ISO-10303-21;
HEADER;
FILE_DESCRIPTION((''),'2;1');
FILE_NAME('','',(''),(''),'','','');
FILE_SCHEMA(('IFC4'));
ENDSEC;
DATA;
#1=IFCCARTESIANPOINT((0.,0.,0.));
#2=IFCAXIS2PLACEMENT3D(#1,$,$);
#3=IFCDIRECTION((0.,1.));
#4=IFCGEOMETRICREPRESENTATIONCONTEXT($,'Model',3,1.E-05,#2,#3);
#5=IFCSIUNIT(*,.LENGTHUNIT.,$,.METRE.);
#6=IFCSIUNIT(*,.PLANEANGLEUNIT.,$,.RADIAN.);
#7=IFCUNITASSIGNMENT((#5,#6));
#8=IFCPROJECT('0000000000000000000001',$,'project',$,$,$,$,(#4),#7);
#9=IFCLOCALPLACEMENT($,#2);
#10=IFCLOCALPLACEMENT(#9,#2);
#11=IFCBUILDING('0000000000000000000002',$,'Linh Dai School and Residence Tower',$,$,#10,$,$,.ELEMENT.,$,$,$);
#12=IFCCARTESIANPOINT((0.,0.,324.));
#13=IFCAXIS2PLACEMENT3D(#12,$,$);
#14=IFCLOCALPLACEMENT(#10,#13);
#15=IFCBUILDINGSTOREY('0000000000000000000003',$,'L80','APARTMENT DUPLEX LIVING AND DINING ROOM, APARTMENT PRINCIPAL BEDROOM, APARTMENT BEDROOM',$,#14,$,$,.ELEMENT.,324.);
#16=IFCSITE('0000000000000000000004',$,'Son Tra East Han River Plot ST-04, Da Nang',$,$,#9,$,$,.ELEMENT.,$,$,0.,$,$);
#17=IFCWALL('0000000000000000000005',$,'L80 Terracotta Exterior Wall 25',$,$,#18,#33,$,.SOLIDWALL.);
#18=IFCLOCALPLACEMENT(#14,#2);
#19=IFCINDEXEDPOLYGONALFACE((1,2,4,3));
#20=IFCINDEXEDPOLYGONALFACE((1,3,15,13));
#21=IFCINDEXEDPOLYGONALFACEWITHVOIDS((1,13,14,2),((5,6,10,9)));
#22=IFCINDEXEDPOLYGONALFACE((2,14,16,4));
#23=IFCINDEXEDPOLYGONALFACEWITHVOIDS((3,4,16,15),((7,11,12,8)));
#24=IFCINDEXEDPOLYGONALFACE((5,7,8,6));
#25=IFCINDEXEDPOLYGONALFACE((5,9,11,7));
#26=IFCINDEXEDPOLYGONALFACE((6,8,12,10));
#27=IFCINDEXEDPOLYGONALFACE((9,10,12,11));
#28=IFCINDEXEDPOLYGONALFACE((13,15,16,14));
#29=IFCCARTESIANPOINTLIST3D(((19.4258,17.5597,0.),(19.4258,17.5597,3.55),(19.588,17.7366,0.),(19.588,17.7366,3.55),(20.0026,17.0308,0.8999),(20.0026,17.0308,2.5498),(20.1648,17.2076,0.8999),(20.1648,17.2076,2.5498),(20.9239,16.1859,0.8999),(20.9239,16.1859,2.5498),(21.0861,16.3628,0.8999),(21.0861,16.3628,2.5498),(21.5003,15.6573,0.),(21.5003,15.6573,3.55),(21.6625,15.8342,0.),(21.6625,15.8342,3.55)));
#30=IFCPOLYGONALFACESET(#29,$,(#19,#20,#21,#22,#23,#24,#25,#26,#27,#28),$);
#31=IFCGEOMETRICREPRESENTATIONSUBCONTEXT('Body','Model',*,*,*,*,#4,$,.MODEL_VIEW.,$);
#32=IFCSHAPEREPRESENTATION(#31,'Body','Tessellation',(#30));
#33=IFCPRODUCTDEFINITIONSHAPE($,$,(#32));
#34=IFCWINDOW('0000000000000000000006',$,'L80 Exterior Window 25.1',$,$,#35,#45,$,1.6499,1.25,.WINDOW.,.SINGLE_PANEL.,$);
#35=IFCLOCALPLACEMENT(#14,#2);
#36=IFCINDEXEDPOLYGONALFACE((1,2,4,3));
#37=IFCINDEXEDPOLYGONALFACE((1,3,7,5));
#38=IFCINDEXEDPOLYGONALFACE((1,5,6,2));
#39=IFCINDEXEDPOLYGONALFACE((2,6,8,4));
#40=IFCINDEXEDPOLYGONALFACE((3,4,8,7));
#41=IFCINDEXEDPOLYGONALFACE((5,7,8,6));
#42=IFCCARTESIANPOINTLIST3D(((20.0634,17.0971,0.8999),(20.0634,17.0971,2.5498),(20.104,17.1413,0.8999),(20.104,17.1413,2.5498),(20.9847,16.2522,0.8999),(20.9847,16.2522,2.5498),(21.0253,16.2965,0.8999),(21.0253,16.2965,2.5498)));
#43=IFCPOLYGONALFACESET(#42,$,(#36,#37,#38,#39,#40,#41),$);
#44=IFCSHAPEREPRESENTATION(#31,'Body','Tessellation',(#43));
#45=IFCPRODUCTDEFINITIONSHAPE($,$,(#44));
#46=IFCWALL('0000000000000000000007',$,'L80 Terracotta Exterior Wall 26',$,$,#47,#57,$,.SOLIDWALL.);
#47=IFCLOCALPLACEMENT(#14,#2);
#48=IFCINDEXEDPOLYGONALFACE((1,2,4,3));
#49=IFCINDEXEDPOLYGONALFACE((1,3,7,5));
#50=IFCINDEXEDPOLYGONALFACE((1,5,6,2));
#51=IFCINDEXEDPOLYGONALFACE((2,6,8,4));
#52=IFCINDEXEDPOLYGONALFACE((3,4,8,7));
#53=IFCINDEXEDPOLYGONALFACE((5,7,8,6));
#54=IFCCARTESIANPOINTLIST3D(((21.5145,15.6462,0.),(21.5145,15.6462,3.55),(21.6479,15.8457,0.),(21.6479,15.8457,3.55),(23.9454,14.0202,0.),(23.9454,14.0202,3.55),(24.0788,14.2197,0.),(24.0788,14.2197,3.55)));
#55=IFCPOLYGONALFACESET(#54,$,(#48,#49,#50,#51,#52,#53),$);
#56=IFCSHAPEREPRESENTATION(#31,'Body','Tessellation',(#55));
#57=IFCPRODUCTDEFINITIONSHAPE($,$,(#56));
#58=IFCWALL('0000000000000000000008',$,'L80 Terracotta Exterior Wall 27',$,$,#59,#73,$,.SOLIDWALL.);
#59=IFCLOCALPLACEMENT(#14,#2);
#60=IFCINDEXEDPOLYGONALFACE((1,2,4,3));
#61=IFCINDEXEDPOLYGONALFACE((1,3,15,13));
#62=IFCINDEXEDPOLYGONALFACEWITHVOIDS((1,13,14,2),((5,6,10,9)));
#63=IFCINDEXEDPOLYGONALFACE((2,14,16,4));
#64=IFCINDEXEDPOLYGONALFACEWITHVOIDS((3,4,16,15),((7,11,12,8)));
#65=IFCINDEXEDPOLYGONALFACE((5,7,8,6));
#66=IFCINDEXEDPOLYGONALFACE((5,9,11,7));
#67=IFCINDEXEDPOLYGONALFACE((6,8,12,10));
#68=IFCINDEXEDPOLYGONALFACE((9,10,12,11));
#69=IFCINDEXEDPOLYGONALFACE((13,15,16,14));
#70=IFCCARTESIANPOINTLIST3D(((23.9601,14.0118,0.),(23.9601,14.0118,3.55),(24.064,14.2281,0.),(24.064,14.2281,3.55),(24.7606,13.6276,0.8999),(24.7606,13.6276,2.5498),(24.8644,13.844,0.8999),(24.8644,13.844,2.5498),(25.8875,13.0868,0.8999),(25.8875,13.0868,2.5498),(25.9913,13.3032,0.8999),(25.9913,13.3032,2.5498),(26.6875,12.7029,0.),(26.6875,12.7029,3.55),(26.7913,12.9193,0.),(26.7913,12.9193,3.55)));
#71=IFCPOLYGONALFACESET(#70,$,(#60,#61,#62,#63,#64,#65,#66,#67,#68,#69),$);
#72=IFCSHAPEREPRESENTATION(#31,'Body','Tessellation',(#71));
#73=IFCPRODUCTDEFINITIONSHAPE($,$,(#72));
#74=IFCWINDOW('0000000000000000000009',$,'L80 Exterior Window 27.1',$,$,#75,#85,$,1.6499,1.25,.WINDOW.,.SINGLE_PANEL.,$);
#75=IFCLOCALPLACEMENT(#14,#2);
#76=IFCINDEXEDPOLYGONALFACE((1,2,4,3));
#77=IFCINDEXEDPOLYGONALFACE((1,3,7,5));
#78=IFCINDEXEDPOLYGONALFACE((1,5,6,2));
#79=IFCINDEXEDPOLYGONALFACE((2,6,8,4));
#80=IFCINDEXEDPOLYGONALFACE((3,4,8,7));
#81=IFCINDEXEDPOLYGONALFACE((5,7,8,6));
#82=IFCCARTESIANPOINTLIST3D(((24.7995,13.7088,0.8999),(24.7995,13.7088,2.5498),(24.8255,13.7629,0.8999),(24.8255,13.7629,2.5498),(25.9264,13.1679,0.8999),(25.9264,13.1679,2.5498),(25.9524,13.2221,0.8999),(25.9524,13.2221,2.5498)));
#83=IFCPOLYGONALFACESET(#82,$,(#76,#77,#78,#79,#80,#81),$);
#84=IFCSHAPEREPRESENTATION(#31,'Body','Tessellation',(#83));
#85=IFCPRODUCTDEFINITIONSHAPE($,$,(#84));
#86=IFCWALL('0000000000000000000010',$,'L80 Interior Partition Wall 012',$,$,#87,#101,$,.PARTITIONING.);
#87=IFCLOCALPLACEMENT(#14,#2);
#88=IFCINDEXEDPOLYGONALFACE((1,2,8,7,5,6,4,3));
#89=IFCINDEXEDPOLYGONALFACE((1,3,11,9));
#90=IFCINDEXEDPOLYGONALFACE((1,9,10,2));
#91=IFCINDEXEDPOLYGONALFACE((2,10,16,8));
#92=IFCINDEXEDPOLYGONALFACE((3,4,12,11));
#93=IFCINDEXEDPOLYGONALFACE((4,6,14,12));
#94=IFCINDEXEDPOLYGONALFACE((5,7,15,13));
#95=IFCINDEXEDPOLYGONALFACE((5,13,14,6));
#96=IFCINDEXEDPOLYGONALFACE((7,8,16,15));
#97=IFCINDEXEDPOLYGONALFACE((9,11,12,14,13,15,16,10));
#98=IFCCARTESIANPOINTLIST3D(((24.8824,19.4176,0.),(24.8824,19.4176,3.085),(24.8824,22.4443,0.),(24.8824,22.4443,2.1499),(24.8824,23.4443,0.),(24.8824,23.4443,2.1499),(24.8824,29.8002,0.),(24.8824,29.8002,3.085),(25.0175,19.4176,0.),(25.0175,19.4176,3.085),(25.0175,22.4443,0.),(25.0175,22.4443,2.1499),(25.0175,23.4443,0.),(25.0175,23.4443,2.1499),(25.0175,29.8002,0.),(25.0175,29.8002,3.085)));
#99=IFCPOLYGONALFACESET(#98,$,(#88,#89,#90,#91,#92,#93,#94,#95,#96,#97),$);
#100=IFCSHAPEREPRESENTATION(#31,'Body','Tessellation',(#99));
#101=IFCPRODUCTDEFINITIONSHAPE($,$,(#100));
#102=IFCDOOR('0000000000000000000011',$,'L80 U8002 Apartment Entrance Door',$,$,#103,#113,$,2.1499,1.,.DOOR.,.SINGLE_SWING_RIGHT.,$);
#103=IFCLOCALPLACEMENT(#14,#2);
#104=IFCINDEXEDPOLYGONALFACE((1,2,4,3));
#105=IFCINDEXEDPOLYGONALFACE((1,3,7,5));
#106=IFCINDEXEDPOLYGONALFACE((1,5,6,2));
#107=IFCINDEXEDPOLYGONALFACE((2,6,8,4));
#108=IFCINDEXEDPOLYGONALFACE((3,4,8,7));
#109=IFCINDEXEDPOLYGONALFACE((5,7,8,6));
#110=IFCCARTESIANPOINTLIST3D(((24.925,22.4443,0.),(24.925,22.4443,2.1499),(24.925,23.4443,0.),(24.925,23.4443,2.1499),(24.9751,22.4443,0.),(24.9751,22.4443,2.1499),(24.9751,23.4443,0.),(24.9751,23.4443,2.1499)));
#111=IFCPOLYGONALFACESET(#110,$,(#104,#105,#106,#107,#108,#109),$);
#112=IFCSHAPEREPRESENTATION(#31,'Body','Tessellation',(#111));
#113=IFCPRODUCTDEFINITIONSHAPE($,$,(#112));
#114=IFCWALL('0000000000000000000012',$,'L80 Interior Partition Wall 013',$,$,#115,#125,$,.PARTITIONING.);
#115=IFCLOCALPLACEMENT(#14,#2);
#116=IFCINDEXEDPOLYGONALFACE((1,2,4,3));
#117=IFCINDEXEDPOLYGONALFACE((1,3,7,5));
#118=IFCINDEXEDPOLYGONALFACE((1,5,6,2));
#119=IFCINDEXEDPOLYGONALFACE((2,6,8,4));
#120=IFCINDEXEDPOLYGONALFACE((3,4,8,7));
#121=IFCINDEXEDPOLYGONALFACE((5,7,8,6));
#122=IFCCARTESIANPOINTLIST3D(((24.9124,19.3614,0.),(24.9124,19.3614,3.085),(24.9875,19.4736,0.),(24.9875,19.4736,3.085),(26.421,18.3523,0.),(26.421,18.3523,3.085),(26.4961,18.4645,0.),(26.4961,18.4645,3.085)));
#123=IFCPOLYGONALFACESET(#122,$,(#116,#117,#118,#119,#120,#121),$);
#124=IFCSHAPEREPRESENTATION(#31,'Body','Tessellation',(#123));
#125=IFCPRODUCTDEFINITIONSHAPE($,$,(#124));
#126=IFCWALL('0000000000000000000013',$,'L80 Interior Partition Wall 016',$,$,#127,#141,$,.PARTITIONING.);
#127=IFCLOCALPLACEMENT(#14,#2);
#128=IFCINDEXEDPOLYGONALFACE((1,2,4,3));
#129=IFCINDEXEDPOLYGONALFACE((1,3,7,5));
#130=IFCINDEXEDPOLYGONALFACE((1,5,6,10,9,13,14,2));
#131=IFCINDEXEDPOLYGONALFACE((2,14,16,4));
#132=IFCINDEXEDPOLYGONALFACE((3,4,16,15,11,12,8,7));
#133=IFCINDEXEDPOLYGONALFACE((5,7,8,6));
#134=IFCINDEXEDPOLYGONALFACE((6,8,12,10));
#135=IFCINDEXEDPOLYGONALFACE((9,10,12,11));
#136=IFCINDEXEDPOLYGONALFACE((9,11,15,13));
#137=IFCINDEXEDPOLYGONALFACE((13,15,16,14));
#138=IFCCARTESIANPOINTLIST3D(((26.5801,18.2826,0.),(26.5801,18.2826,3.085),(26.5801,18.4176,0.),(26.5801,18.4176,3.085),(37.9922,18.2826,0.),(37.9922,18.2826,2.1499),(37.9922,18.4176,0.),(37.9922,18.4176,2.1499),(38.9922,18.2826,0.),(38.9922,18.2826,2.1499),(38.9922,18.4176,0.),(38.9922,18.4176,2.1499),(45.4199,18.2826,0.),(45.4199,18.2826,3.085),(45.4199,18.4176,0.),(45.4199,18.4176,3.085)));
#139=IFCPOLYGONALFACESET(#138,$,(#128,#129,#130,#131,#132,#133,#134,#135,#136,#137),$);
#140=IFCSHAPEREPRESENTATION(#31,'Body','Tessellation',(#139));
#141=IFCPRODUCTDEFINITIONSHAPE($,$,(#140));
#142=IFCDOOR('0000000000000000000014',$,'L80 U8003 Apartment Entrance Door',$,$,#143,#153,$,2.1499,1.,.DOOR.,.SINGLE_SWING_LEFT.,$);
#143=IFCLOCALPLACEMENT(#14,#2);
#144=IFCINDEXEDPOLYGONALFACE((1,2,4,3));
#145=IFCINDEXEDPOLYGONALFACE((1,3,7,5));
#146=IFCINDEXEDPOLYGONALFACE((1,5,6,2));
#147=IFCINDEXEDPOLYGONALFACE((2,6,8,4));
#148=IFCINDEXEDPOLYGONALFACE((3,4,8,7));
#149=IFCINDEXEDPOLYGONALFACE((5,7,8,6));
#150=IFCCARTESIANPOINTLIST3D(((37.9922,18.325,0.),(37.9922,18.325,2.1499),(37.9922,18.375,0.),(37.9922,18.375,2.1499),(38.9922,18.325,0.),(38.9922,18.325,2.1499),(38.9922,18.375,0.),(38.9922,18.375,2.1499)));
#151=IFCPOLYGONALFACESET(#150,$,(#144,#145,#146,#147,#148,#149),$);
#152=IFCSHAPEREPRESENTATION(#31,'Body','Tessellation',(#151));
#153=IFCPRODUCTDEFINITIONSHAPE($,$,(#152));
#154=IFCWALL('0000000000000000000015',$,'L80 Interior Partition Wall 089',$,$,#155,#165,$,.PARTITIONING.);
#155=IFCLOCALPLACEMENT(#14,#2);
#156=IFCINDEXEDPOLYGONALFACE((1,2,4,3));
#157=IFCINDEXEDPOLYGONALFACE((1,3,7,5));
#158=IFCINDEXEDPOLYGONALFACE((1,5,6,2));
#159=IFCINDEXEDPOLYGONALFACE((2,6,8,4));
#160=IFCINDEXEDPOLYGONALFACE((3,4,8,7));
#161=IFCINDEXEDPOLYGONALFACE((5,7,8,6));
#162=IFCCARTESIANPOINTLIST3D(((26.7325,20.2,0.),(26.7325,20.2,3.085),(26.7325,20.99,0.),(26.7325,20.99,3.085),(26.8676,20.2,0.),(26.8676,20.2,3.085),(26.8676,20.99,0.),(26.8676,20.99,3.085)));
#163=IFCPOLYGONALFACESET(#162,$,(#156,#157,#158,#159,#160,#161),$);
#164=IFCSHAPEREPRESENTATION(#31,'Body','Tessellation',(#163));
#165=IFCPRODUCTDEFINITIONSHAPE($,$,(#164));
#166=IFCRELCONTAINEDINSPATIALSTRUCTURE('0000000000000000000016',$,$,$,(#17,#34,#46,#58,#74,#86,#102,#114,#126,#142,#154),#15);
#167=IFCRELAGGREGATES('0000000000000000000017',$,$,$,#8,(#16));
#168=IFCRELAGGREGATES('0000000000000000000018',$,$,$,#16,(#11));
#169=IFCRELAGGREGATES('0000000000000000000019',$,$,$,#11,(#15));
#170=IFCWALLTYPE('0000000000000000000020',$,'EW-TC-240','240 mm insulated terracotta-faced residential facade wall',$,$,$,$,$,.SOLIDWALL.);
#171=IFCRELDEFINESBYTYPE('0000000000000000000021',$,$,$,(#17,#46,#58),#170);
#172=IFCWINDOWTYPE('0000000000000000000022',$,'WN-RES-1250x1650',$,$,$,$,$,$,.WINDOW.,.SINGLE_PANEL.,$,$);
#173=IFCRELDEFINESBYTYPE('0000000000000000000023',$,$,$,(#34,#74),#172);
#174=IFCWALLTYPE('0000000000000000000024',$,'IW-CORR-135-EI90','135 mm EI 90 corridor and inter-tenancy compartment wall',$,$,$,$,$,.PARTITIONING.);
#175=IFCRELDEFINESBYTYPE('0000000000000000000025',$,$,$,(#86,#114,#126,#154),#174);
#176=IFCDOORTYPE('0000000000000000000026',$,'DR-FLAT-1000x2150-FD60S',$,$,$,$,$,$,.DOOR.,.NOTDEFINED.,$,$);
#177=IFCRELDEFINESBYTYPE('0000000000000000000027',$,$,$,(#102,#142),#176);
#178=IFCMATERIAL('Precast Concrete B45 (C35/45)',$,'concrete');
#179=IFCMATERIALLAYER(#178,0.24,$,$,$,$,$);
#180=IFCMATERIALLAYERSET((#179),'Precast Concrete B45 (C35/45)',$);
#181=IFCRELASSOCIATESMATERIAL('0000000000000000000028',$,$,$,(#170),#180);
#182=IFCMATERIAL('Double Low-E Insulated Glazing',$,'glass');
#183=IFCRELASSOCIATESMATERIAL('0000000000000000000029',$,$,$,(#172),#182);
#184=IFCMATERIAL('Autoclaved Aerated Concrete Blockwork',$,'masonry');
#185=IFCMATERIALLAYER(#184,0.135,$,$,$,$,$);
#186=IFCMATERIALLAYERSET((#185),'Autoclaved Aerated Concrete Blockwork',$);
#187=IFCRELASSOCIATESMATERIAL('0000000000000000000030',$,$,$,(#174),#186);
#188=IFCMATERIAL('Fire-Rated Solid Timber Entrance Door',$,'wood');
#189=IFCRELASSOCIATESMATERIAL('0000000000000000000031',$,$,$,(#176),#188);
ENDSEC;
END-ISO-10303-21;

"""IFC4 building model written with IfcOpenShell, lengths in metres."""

from ifc_helpers import new_model, si_unit, direction, frame, frame_2d, origin, origin_2d, place, context, subcontext, project, spatial, rectangle, extrude, source, transform, mapped, material, layer, layer_set, type_object, element, fill, save


model = new_model("IFC4")

# Units and contexts
model_context = context("Model", 3, precision=1e-05, world=origin(), true_north=direction((0.0, 1.0)))
body_context = subcontext(model_context, "Body", "Model", "MODEL_VIEW")
ifc_project = project(units=[si_unit("LENGTHUNIT", "METRE"), si_unit("PLANEANGLEUNIT", "RADIAN")], contexts=[model_context])

# Site, building, storey
site_placement = place(None, origin())
site = spatial("IfcSite", under=ifc_project, at=site_placement, Name="Son Tra East Han River Plot ST-04, Da Nang", CompositionType="ELEMENT", RefElevation=0.0)
building_placement = place(site_placement, origin())
building = spatial("IfcBuilding", under=site, at=building_placement, Name="Linh Dai School and Residence Tower", CompositionType="ELEMENT")
storey_placement = place(building_placement, frame((0.0, 0.0, 324.0)))
storey = spatial("IfcBuildingStorey", under=building, at=storey_placement, Name="L80", Description="APARTMENT DUPLEX LIVING AND DINING ROOM, APARTMENT PRINCIPAL BEDROOM, APARTMENT BEDROOM", CompositionType="ELEMENT", Elevation=324.0)

# Shared definitions
ifc_material_1 = material(Name="Precast Concrete B45 (C35/45)", Category="concrete")

# Shared definitions
ifc_layer_1 = layer(ifc_material_1, 0.24)
ifc_layer_set_1 = layer_set([ifc_layer_1], Name="Precast Concrete B45 (C35/45)")
wall_type_1 = type_object("IfcWallType", Name="EW-TC-240", Description="240 mm insulated terracotta-faced residential facade wall", PredefinedType="SOLIDWALL", material=ifc_layer_set_1)

# Wall, opening, window
wall_1_placement = place(storey_placement, frame((21.5813, 15.7458, 0.0), z_axis=(0.0, 0.0, 1.0), x_axis=(-0.737021, 0.67587, 0.0)))
wall_1 = element("IfcWall", 1, at=wall_1_placement, inside=storey, type_object=wall_type_1, Name="L80 Terracotta Exterior Wall 25", PredefinedType="SOLIDWALL", context=body_context, shape_type="SweptSolid", body=[
    extrude(rectangle(XDim=2.8147, YDim=0.24, at=frame_2d((1.4072, 0.0))), origin(), (0.0, 0.0, 1.0), 3.55),
])
opening_1_placement = place(wall_1_placement, frame((0.782, 0.0, 0.8999)))
opening_1 = element("IfcOpeningElement", 2, at=opening_1_placement, cuts=wall_1, PredefinedType="OPENING", context=body_context, shape_type="SweptSolid", body=[
    extrude(rectangle(XDim=1.25, YDim=1.6499, at=origin_2d()), frame((0.625, 0.1299, 0.825), z_axis=(0.0, -1.0, 0.0), x_axis=(1.0, 0.0, 0.0)), (0.0, 0.0, 1.0), 0.26),
])
ifc_material_2 = material(Name="Double Low-E Insulated Glazing", Category="glass")
window_type = type_object("IfcWindowType", Name="WN-RES-1250x1650", PartitioningType="SINGLE_PANEL", PredefinedType="WINDOW", material=ifc_material_2)
shared_shape_1 = source(origin(), body_context, "Body", "SweptSolid", [
    extrude(rectangle(XDim=1.25, YDim=1.6499, at=origin_2d()), frame((0.625, 0.03, 0.825), z_axis=(0.0, -1.0, 0.0), x_axis=(1.0, 0.0, 0.0)), (0.0, 0.0, 1.0), 0.0601),
])
window_1_placement = place(opening_1_placement, origin())
window_1 = element("IfcWindow", 3, at=window_1_placement, inside=storey, type_object=window_type, Name="L80 Exterior Window 25.1", OverallHeight=1.6499, OverallWidth=1.25, PartitioningType="SINGLE_PANEL", PredefinedType="WINDOW", context=body_context, shape_type="MappedRepresentation", body=[
    mapped(shared_shape_1, transform((0.0, 0.0, 0.0), x_axis=(1.0, 0.0, 0.0), y_axis=(0.0, 1.0, 0.0), z_axis=(0.0, 0.0, 1.0), scale=1.0)),
])
fill(opening_1, window_1)

# Wall
wall_2_placement = place(storey_placement, frame((24.0122, 14.1199, 0.0), z_axis=(0.0, 0.0, 1.0), x_axis=(-0.831202, 0.555971, 0.0)))
element("IfcWall", 4, at=wall_2_placement, inside=storey, type_object=wall_type_1, Name="L80 Terracotta Exterior Wall 26", PredefinedType="SOLIDWALL", context=body_context, shape_type="SweptSolid", body=[
    extrude(rectangle(XDim=2.9246, YDim=0.24, at=frame_2d((1.4624, 0.0))), origin(), (0.0, 0.0, 1.0), 3.55),
])

# Wall, opening, window
wall_3_placement = place(storey_placement, frame((26.7395, 12.811, 0.0), z_axis=(0.0, 0.0, 1.0), x_axis=(-0.901557, 0.43266, 0.0)))
wall_3 = element("IfcWall", 5, at=wall_3_placement, inside=storey, type_object=wall_type_1, Name="L80 Terracotta Exterior Wall 27", PredefinedType="SOLIDWALL", context=body_context, shape_type="SweptSolid", body=[
    extrude(rectangle(XDim=3.0251, YDim=0.24, at=frame_2d((1.5127, 0.0))), origin(), (0.0, 0.0, 1.0), 3.55),
])
opening_2_placement = place(wall_3_placement, frame((0.8875, 0.0, 0.8999)))
opening_2 = element("IfcOpeningElement", 6, at=opening_2_placement, cuts=wall_3, PredefinedType="OPENING", context=body_context, shape_type="SweptSolid", body=[
    extrude(rectangle(XDim=1.25, YDim=1.6499, at=origin_2d()), frame((0.625, 0.1299, 0.825), z_axis=(0.0, -1.0, 0.0), x_axis=(1.0, 0.0, 0.0)), (0.0, 0.0, 1.0), 0.26),
])
window_2_placement = place(opening_2_placement, origin())
window_2 = element("IfcWindow", 7, at=window_2_placement, inside=storey, type_object=window_type, Name="L80 Exterior Window 27.1", OverallHeight=1.6499, OverallWidth=1.25, PartitioningType="SINGLE_PANEL", PredefinedType="WINDOW", context=body_context, shape_type="MappedRepresentation", body=[
    mapped(shared_shape_1, transform((0.0, 0.0, 0.0), x_axis=(1.0, 0.0, 0.0), y_axis=(0.0, 1.0, 0.0), z_axis=(0.0, 0.0, 1.0), scale=1.0)),
])
fill(opening_2, window_2)

# Wall, opening, door
ifc_material_3 = material(Name="Autoclaved Aerated Concrete Blockwork", Category="masonry")
ifc_layer_2 = layer(ifc_material_3, 0.135)
ifc_layer_set_2 = layer_set([ifc_layer_2], Name="Autoclaved Aerated Concrete Blockwork")
wall_type_2 = type_object("IfcWallType", Name="IW-CORR-135-EI90", Description="135 mm EI 90 corridor and inter-tenancy compartment wall", PredefinedType="PARTITIONING", material=ifc_layer_set_2)
wall_4_placement = place(storey_placement, frame((24.95, 19.4175, 0.0), z_axis=(0.0, 0.0, 1.0), x_axis=(0.0, 1.0, 0.0)))
wall_4 = element("IfcWall", 8, at=wall_4_placement, inside=storey, type_object=wall_type_2, Name="L80 Interior Partition Wall 012", PredefinedType="PARTITIONING", context=body_context, shape_type="SweptSolid", body=[
    extrude(rectangle(XDim=10.3826, YDim=0.135, at=frame_2d((5.1914, 0.0))), origin(), (0.0, 0.0, 1.0), 3.085),
])
opening_3_placement = place(wall_4_placement, frame((3.0269, 0.0, 0.0)))
opening_3 = element("IfcOpeningElement", 9, at=opening_3_placement, cuts=wall_4, PredefinedType="OPENING", context=body_context, shape_type="SweptSolid", body=[
    extrude(rectangle(XDim=1.0, YDim=2.1499, at=origin_2d()), frame((0.5, 0.0776, 1.075), z_axis=(0.0, -1.0, 0.0), x_axis=(1.0, 0.0, 0.0)), (0.0, 0.0, 1.0), 0.155),
])
ifc_material_4 = material(Name="Fire-Rated Solid Timber Entrance Door", Category="wood")
door_type_1 = type_object("IfcDoorType", Name="DR-FLAT-1000x2150-FD60S", OperationType="NOTDEFINED", PredefinedType="DOOR", material=ifc_material_4)
shared_shape_2 = source(origin(), body_context, "Body", "SweptSolid", [
    extrude(rectangle(XDim=1.0, YDim=2.1499, at=origin_2d()), frame((0.5, 0.0249, 1.075), z_axis=(0.0, -1.0, 0.0), x_axis=(1.0, 0.0, 0.0)), (0.0, 0.0, 1.0), 0.05),
])
door_1_placement = place(opening_3_placement, origin())
door_1 = element("IfcDoor", 10, at=door_1_placement, inside=storey, type_object=door_type_1, Name="L80 U8002 Apartment Entrance Door", OperationType="SINGLE_SWING_RIGHT", OverallHeight=2.1499, OverallWidth=1.0, PredefinedType="DOOR", context=body_context, shape_type="MappedRepresentation", body=[
    mapped(shared_shape_2, transform((0.0, 0.0, 0.0), x_axis=(1.0, 0.0, 0.0), y_axis=(0.0, 1.0, 0.0), z_axis=(0.0, 0.0, 1.0), scale=1.0)),
])
fill(opening_3, door_1)

# Wall
wall_5_placement = place(storey_placement, frame((24.95, 19.4175, 0.0), z_axis=(0.0, 0.0, 1.0), x_axis=(0.831201, -0.555972, 0.0)))
element("IfcWall", 11, at=wall_5_placement, inside=storey, type_object=wall_type_2, Name="L80 Interior Partition Wall 013", PredefinedType="PARTITIONING", context=body_context, shape_type="SweptSolid", body=[
    extrude(rectangle(XDim=1.8149, YDim=0.135, at=frame_2d((0.9075, 0.0))), origin(), (0.0, 0.0, 1.0), 3.085),
])

# Wall, opening, door
wall_6_placement = place(storey_placement, frame((26.5801, 18.3501, 0.0), z_axis=(0.0, 0.0, 1.0), x_axis=(1.0, 0.0, 0.0)))
wall_6 = element("IfcWall", 12, at=wall_6_placement, inside=storey, type_object=wall_type_2, Name="L80 Interior Partition Wall 016", PredefinedType="PARTITIONING", context=body_context, shape_type="SweptSolid", body=[
    extrude(rectangle(XDim=18.8398, YDim=0.135, at=frame_2d((9.4199, 0.0))), origin(), (0.0, 0.0, 1.0), 3.085),
])
opening_4_placement = place(wall_6_placement, frame((11.4121, 0.0, 0.0)))
opening_4 = element("IfcOpeningElement", 13, at=opening_4_placement, cuts=wall_6, PredefinedType="OPENING", context=body_context, shape_type="SweptSolid", body=[
    extrude(rectangle(XDim=1.0, YDim=2.1499, at=origin_2d()), frame((0.5, 0.0776, 1.075), z_axis=(0.0, -1.0, 0.0), x_axis=(1.0, 0.0, 0.0)), (0.0, 0.0, 1.0), 0.155),
])
door_2_placement = place(opening_4_placement, origin())
door_2 = element("IfcDoor", 14, at=door_2_placement, inside=storey, type_object=door_type_1, Name="L80 U8003 Apartment Entrance Door", OperationType="SINGLE_SWING_LEFT", OverallHeight=2.1499, OverallWidth=1.0, PredefinedType="DOOR", context=body_context, shape_type="MappedRepresentation", body=[
    mapped(shared_shape_2, transform((0.0, 0.0, 0.0), x_axis=(1.0, 0.0, 0.0), y_axis=(0.0, 1.0, 0.0), z_axis=(0.0, 0.0, 1.0), scale=1.0)),
])
fill(opening_4, door_2)

# Wall
wall_7_placement = place(storey_placement, frame((26.8, 20.99, 0.0), z_axis=(0.0, 0.0, 1.0), x_axis=(0.0, -1.0, 0.0)))
element("IfcWall", 15, at=wall_7_placement, inside=storey, type_object=wall_type_2, Name="L80 Interior Partition Wall 089", PredefinedType="PARTITIONING", context=body_context, shape_type="SweptSolid", body=[
    extrude(rectangle(XDim=0.79, YDim=0.135, at=frame_2d((0.395, 0.0))), origin(), (0.0, 0.0, 1.0), 3.085),
])

save(model, "model.ifc")
